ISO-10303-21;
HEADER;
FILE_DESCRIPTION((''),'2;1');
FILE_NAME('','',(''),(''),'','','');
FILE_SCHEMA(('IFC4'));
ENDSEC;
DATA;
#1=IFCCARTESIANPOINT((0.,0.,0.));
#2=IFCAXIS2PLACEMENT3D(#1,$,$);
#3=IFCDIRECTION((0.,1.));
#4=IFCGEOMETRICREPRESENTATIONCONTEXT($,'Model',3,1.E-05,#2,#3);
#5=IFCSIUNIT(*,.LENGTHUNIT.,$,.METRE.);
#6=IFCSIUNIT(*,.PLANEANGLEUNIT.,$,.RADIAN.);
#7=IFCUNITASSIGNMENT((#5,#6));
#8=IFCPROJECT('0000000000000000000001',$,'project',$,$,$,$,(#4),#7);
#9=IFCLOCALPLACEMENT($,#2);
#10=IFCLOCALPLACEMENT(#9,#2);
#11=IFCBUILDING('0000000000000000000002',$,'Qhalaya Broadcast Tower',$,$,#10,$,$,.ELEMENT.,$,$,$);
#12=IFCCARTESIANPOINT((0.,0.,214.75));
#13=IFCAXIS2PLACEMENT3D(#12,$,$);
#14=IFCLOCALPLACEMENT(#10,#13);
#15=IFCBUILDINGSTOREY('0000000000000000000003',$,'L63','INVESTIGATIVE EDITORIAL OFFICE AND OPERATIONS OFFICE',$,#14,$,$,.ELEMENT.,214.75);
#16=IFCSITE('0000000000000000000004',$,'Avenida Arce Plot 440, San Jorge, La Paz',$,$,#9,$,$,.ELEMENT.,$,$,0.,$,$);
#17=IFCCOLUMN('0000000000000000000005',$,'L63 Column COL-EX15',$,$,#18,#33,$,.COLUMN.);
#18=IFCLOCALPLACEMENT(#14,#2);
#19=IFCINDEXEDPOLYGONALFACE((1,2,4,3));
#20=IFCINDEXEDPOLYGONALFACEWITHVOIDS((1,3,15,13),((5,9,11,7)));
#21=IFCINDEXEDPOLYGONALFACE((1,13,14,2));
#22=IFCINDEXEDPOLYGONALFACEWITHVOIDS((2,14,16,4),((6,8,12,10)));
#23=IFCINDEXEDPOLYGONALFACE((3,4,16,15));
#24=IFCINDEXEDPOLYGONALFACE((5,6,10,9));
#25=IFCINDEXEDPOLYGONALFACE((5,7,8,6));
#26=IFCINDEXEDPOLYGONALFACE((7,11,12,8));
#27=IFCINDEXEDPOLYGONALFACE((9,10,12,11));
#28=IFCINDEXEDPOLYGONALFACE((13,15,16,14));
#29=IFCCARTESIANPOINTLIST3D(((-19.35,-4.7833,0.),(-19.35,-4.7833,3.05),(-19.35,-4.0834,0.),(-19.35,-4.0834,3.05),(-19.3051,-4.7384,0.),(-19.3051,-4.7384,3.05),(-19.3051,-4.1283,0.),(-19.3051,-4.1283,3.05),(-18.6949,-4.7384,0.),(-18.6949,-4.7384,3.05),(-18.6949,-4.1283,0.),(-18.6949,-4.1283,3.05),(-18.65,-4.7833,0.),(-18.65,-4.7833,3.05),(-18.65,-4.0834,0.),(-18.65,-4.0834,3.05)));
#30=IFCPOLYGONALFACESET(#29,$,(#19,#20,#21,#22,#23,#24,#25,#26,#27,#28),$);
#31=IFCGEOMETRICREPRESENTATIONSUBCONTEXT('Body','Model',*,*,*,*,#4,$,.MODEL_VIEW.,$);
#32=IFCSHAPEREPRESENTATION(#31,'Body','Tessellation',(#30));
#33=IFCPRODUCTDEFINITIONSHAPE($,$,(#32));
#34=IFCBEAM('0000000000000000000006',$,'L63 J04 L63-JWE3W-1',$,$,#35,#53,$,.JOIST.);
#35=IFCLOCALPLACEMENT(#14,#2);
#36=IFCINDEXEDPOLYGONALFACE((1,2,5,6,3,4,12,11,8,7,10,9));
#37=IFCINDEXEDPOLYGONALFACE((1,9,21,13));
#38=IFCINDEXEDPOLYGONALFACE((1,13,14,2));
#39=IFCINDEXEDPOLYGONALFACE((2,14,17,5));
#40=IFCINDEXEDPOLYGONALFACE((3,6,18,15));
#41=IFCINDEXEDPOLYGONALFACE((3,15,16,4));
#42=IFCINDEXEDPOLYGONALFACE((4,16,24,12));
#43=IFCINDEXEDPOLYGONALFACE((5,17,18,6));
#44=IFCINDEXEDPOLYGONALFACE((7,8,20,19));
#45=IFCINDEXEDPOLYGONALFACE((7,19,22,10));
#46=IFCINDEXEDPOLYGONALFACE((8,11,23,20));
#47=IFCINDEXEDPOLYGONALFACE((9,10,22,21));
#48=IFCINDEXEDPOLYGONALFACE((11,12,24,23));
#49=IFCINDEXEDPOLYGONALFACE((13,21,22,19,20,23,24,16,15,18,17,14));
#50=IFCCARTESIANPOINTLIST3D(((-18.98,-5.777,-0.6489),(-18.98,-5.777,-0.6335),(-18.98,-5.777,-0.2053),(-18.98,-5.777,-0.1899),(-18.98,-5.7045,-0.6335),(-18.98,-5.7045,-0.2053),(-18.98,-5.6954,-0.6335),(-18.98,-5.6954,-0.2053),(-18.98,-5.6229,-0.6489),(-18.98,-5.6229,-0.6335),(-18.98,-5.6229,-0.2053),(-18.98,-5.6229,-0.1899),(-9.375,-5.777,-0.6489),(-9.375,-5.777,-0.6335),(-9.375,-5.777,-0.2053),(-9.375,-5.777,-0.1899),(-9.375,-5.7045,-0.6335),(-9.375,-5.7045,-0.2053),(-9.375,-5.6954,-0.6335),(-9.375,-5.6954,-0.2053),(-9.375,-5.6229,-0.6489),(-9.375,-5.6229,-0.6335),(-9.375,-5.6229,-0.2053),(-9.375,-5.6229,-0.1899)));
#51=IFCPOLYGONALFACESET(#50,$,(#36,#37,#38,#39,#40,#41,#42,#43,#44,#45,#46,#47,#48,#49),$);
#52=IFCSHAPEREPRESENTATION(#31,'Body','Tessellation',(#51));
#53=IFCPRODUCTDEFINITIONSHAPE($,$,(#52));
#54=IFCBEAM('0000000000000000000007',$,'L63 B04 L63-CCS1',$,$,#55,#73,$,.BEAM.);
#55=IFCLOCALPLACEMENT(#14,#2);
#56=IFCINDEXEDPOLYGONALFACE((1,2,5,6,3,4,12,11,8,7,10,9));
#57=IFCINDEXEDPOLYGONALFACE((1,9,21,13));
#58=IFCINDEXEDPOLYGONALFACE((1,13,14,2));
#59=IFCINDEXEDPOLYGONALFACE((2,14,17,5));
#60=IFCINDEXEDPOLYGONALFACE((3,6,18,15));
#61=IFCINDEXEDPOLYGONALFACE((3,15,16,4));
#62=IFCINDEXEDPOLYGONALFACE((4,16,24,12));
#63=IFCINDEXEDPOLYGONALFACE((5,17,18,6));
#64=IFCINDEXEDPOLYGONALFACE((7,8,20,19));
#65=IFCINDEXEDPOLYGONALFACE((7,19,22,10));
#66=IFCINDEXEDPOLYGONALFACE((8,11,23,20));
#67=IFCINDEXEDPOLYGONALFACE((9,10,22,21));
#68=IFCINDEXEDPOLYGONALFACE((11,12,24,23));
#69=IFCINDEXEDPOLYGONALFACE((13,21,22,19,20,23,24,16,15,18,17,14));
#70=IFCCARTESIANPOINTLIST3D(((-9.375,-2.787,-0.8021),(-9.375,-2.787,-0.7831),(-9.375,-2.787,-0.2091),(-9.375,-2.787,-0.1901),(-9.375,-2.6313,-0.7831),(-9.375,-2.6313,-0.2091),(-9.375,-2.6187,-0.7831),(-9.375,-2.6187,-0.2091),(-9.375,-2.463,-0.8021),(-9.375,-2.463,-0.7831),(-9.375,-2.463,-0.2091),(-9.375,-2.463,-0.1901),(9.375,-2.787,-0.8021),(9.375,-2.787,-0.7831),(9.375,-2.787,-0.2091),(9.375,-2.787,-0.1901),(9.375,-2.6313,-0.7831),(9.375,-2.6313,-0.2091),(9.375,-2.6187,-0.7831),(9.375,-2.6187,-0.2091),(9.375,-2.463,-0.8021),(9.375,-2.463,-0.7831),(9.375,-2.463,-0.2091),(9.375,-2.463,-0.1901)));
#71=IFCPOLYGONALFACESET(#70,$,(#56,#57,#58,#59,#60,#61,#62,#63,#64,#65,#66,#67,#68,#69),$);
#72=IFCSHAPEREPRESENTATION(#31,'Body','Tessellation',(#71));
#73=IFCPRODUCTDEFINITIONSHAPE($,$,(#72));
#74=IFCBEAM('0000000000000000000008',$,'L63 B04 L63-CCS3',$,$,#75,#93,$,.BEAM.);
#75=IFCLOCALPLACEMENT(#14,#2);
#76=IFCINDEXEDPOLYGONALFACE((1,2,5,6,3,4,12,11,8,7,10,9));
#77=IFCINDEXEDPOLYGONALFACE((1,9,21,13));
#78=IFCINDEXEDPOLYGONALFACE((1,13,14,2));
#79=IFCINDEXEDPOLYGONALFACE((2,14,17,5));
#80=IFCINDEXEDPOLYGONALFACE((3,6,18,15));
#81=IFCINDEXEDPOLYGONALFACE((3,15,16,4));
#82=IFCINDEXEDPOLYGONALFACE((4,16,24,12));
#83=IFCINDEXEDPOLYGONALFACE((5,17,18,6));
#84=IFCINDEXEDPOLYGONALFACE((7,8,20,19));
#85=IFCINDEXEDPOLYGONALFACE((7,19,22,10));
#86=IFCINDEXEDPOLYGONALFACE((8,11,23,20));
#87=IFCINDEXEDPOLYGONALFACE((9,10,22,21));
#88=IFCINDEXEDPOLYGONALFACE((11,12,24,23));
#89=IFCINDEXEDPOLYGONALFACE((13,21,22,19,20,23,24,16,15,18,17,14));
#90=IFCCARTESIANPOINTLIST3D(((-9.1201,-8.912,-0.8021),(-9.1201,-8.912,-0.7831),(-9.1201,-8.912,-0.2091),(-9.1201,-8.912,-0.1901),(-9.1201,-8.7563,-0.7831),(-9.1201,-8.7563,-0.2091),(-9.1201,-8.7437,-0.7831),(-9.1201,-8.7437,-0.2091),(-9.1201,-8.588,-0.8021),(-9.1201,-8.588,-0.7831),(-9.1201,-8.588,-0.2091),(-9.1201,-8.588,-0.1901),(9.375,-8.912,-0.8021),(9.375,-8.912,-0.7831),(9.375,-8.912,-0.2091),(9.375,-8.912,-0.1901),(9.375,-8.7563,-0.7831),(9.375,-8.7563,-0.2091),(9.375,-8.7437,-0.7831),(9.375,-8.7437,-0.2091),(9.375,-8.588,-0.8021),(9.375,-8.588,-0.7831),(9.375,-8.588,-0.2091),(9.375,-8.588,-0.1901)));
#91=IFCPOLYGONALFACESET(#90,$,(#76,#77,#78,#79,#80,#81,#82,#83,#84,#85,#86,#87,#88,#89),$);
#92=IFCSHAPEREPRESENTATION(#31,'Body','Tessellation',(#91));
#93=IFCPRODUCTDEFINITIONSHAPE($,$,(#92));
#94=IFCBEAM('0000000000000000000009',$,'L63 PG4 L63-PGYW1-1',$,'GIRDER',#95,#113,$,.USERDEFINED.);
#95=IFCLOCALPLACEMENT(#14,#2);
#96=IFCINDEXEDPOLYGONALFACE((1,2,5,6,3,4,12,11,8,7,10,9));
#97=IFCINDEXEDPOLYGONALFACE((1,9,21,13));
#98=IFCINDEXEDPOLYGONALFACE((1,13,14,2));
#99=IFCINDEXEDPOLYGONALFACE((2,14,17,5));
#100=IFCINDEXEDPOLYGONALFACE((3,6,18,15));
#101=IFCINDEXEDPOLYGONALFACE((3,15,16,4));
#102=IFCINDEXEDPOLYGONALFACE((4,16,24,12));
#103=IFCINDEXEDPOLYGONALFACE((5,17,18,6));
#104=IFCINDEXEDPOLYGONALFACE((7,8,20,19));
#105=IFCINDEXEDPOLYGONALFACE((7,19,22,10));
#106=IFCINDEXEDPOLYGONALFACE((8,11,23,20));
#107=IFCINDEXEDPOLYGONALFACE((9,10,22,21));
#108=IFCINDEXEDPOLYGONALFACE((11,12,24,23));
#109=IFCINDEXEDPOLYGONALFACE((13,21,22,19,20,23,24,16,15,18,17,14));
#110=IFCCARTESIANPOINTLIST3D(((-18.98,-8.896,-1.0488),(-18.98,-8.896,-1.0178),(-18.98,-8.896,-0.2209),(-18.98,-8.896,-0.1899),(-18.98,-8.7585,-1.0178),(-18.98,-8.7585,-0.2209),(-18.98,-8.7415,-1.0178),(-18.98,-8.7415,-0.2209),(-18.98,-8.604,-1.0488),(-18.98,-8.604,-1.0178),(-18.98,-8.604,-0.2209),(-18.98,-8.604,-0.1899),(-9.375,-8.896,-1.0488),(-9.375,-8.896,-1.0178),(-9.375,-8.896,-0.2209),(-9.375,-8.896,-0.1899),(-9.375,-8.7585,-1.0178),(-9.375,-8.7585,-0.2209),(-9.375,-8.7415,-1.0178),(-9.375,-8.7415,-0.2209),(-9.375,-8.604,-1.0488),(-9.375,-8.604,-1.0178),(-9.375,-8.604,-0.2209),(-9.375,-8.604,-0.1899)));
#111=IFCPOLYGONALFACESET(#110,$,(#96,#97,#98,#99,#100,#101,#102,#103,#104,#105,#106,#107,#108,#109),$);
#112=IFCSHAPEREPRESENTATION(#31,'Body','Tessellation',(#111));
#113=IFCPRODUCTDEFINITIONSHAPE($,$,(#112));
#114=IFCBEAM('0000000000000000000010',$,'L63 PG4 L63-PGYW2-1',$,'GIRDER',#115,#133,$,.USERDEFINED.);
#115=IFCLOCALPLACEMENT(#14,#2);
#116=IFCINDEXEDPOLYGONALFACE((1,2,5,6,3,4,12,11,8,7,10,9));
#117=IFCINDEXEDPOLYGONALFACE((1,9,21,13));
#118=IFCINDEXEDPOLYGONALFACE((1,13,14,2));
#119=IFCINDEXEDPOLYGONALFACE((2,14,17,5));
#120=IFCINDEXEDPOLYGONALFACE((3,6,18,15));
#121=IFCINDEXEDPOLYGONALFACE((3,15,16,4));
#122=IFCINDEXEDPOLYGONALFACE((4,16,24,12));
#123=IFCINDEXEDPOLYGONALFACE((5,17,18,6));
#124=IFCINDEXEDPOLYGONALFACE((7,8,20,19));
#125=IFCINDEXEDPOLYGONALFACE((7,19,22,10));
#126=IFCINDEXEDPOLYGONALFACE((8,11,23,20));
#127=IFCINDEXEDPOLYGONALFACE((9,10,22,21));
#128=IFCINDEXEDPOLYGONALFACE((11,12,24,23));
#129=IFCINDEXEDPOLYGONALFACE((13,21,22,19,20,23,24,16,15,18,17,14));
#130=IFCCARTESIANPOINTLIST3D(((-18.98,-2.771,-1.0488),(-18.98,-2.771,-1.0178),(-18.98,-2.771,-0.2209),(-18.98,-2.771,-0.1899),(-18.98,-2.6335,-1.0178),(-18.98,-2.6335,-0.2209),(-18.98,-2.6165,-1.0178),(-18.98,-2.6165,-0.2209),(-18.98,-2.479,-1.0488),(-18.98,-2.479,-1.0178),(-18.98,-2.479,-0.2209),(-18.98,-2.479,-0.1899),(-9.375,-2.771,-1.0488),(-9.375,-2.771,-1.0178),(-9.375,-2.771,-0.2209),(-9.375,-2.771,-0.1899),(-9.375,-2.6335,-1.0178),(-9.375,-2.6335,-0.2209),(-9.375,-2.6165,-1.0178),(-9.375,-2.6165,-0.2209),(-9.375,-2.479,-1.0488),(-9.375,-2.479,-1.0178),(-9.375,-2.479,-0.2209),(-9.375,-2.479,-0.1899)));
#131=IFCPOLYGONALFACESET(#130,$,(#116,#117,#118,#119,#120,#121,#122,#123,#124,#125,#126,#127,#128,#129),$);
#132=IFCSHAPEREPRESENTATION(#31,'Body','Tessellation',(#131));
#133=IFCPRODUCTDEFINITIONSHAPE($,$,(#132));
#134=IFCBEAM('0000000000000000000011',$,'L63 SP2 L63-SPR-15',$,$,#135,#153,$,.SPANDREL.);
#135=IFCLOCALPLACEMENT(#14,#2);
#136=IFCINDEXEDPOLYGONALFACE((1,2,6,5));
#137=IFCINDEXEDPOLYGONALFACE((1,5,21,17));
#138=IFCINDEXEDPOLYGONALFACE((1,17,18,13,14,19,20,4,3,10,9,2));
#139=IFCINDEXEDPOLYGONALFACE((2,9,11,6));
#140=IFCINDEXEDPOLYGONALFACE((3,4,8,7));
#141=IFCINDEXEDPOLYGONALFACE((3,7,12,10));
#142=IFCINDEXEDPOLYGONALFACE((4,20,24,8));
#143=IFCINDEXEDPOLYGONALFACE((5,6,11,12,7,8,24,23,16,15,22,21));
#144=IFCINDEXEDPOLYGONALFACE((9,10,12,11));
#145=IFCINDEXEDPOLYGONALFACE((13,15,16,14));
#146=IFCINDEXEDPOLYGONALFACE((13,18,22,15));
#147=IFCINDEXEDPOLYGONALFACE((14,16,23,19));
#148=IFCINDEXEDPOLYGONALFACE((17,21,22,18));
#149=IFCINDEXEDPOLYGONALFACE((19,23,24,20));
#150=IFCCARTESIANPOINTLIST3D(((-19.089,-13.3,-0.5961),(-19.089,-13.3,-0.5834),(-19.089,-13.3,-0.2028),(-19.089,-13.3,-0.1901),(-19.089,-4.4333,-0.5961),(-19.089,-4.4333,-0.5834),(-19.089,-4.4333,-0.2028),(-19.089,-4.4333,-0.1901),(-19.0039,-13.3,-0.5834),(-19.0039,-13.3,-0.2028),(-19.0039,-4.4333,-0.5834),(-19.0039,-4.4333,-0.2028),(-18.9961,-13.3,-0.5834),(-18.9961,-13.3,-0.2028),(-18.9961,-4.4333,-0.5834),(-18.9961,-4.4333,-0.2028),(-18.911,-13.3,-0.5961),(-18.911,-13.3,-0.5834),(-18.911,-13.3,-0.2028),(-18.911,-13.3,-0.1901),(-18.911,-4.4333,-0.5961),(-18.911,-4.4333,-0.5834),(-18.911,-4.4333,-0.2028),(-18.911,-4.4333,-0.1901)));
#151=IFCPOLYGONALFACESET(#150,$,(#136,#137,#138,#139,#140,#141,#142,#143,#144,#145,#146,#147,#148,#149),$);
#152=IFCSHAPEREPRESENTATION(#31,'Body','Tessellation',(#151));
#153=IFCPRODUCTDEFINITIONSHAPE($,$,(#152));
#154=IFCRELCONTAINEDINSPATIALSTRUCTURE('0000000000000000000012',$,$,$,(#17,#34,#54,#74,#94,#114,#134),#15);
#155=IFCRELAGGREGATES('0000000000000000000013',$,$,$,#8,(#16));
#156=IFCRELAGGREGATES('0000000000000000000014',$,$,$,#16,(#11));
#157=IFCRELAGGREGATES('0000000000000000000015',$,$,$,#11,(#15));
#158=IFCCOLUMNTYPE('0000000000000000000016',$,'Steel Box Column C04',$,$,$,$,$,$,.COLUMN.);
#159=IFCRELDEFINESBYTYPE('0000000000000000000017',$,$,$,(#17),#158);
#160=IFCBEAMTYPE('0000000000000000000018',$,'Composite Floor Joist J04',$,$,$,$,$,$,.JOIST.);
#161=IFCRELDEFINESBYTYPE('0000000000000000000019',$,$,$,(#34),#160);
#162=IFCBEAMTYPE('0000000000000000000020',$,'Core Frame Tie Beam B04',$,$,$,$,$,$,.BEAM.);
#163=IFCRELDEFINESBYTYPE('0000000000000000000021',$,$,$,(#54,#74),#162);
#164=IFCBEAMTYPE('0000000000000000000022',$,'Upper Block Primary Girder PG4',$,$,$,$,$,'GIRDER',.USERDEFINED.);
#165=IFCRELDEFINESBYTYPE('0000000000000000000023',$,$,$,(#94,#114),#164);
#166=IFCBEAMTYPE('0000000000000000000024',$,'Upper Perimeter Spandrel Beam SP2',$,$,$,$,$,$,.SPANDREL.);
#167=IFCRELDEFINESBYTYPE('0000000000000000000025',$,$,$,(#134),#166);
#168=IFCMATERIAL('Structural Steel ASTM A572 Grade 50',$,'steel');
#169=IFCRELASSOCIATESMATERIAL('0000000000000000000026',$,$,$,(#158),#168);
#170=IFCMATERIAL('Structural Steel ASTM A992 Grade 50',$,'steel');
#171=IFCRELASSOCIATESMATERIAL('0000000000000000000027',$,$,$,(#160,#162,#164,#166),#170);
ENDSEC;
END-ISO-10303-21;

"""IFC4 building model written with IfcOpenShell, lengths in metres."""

from ifc_helpers import new_model, si_unit, direction, frame, origin, origin_2d, place, context, subcontext, project, spatial, hollow_rectangle, i_section, extrude, material, material_profile, profile_set, type_object, element, save


model = new_model("IFC4")

# Units and contexts
model_context = context("Model", 3, precision=1e-05, world=origin(), true_north=direction((0.0, 1.0)))
body_context = subcontext(model_context, "Body", "Model", "MODEL_VIEW")
ifc_project = project(units=[si_unit("LENGTHUNIT", "METRE"), si_unit("PLANEANGLEUNIT", "RADIAN")], contexts=[model_context])

# Site, building, storey
site_placement = place(None, origin())
site = spatial("IfcSite", under=ifc_project, at=site_placement, Name="Avenida Arce Plot 440, San Jorge, La Paz", CompositionType="ELEMENT", RefElevation=0.0)
building_placement = place(site_placement, origin())
building = spatial("IfcBuilding", under=site, at=building_placement, Name="Qhalaya Broadcast Tower", CompositionType="ELEMENT")
storey_placement = place(building_placement, frame((0.0, 0.0, 214.75)))
storey = spatial("IfcBuildingStorey", under=building, at=storey_placement, Name="L63", Description="INVESTIGATIVE EDITORIAL OFFICE AND OPERATIONS OFFICE", CompositionType="ELEMENT", Elevation=214.75)

# Column
ifc_material_1 = material(Name="Structural Steel ASTM A572 Grade 50", Category="steel")
ifc_material_profile_1 = material_profile(ifc_material_1, hollow_rectangle(XDim=0.7, YDim=0.7, WallThickness=0.0449, at=origin_2d()), Name="BOX 700x700x45")
ifc_profile_set_1 = profile_set([ifc_material_profile_1], Name="Structural Steel ASTM A572 Grade 50")
column_type = type_object("IfcColumnType", Name="Steel Box Column C04", PredefinedType="COLUMN", material=ifc_profile_set_1)
column_placement = place(storey_placement, frame((-19.0, -4.4333, 0.0), z_axis=(0.0, 0.0, 1.0), x_axis=(0.0, 1.0, 0.0)))
element("IfcColumn", 1, at=column_placement, inside=storey, type_object=column_type, Name="L63 Column COL-EX15", PredefinedType="COLUMN", context=body_context, shape_type="SweptSolid", body=[
    extrude(hollow_rectangle(XDim=0.7, YDim=0.7, WallThickness=0.0449, at=origin_2d()), origin(), (0.0, 0.0, 1.0), 3.05),
])

# Beams
ifc_material_2 = material(Name="Structural Steel ASTM A992 Grade 50", Category="steel")
ifc_material_profile_2 = material_profile(ifc_material_2, i_section(OverallWidth=0.1541, OverallDepth=0.459, WebThickness=0.009, FlangeThickness=0.0154, at=origin_2d()), Name="W18X46")
ifc_profile_set_2 = profile_set([ifc_material_profile_2], Name="Structural Steel ASTM A992 Grade 50")
beam_type_1 = type_object("IfcBeamType", Name="Composite Floor Joist J04", PredefinedType="JOIST", material=ifc_profile_set_2)
beam_1_placement = place(storey_placement, frame((-18.98, -5.7, -0.4194), z_axis=(1.0, 0.0, 0.0), x_axis=(0.0, 1.0, 0.0)))
element("IfcBeam", 2, at=beam_1_placement, inside=storey, type_object=beam_type_1, Name="L63 J04 L63-JWE3W-1", PredefinedType="JOIST", context=body_context, shape_type="SweptSolid", body=[
    extrude(i_section(OverallWidth=0.1541, OverallDepth=0.459, WebThickness=0.009, FlangeThickness=0.0154, at=origin_2d()), origin(), (0.0, 0.0, 1.0), 9.605),
])
ifc_material_profile_3 = material_profile(ifc_material_2, i_section(OverallWidth=0.324, OverallDepth=0.6121, WebThickness=0.0127, FlangeThickness=0.019, at=origin_2d()), Name="W24X104")
ifc_profile_set_3 = profile_set([ifc_material_profile_3], Name="Structural Steel ASTM A992 Grade 50")
beam_type_2 = type_object("IfcBeamType", Name="Core Frame Tie Beam B04", PredefinedType="BEAM", material=ifc_profile_set_3)
beam_2_placement = place(storey_placement, frame((-9.375, -2.625, -0.4961), z_axis=(1.0, 0.0, 0.0), x_axis=(0.0, 1.0, 0.0)))
element("IfcBeam", 3, at=beam_2_placement, inside=storey, type_object=beam_type_2, Name="L63 B04 L63-CCS1", PredefinedType="BEAM", context=body_context, shape_type="SweptSolid", body=[
    extrude(i_section(OverallWidth=0.324, OverallDepth=0.6121, WebThickness=0.0127, FlangeThickness=0.019, at=origin_2d()), origin(), (0.0, 0.0, 1.0), 18.75),
])
beam_3_placement = place(storey_placement, frame((-9.1201, -8.75, -0.4961), z_axis=(1.0, 0.0, 0.0), x_axis=(0.0, 1.0, 0.0)))
element("IfcBeam", 4, at=beam_3_placement, inside=storey, type_object=beam_type_2, Name="L63 B04 L63-CCS3", PredefinedType="BEAM", context=body_context, shape_type="SweptSolid", body=[
    extrude(i_section(OverallWidth=0.324, OverallDepth=0.6121, WebThickness=0.0127, FlangeThickness=0.019, at=origin_2d()), origin(), (0.0, 0.0, 1.0), 18.4951),
])
ifc_material_profile_4 = material_profile(ifc_material_2, i_section(OverallWidth=0.292, OverallDepth=0.8589, WebThickness=0.0171, FlangeThickness=0.031, at=origin_2d()), Name="W33X169")
ifc_profile_set_4 = profile_set([ifc_material_profile_4], Name="Structural Steel ASTM A992 Grade 50")
beam_type_3 = type_object("IfcBeamType", Name="Upper Block Primary Girder PG4", ElementType="GIRDER", PredefinedType="USERDEFINED", material=ifc_profile_set_4)
for number, where, z_axis, x_axis, name in (
    (5, (-18.98, -8.75, -0.6194), (1.0, 0.0, 0.0), (0.0, 1.0, 0.0), "L63 PG4 L63-PGYW1-1"),
    (6, (-18.98, -2.625, -0.6194), (1.0, 0.0, 0.0), (0.0, 1.0, 0.0), "L63 PG4 L63-PGYW2-1"),
):
    element("IfcBeam", number, at=place(storey_placement, frame(where, z_axis=z_axis, x_axis=x_axis)), inside=storey, type_object=beam_type_3, Name=name, ObjectType="GIRDER", PredefinedType="USERDEFINED", context=body_context, shape_type="SweptSolid", body=[
        extrude(i_section(OverallWidth=0.292, OverallDepth=0.8589, WebThickness=0.0171, FlangeThickness=0.031, at=origin_2d()), origin(), (0.0, 0.0, 1.0), 9.605),
    ])
ifc_material_profile_5 = material_profile(ifc_material_2, i_section(OverallWidth=0.178, OverallDepth=0.406, WebThickness=0.0078, FlangeThickness=0.0127, at=origin_2d()), Name="W16X40")
ifc_profile_set_5 = profile_set([ifc_material_profile_5], Name="Structural Steel ASTM A992 Grade 50")
beam_type_4 = type_object("IfcBeamType", Name="Upper Perimeter Spandrel Beam SP2", PredefinedType="SPANDREL", material=ifc_profile_set_5)
beam_4_placement = place(storey_placement, frame((-19.0, -4.4333, -0.3931), z_axis=(0.0, -1.0, 0.0), x_axis=(1.0, 0.0, 0.0)))
element("IfcBeam", 7, at=beam_4_placement, inside=storey, type_object=beam_type_4, Name="L63 SP2 L63-SPR-15", PredefinedType="SPANDREL", context=body_context, shape_type="SweptSolid", body=[
    extrude(i_section(OverallWidth=0.178, OverallDepth=0.406, WebThickness=0.0078, FlangeThickness=0.0127, at=origin_2d()), origin(), (0.0, 0.0, 1.0), 8.8667),
])

save(model, "model.ifc")
